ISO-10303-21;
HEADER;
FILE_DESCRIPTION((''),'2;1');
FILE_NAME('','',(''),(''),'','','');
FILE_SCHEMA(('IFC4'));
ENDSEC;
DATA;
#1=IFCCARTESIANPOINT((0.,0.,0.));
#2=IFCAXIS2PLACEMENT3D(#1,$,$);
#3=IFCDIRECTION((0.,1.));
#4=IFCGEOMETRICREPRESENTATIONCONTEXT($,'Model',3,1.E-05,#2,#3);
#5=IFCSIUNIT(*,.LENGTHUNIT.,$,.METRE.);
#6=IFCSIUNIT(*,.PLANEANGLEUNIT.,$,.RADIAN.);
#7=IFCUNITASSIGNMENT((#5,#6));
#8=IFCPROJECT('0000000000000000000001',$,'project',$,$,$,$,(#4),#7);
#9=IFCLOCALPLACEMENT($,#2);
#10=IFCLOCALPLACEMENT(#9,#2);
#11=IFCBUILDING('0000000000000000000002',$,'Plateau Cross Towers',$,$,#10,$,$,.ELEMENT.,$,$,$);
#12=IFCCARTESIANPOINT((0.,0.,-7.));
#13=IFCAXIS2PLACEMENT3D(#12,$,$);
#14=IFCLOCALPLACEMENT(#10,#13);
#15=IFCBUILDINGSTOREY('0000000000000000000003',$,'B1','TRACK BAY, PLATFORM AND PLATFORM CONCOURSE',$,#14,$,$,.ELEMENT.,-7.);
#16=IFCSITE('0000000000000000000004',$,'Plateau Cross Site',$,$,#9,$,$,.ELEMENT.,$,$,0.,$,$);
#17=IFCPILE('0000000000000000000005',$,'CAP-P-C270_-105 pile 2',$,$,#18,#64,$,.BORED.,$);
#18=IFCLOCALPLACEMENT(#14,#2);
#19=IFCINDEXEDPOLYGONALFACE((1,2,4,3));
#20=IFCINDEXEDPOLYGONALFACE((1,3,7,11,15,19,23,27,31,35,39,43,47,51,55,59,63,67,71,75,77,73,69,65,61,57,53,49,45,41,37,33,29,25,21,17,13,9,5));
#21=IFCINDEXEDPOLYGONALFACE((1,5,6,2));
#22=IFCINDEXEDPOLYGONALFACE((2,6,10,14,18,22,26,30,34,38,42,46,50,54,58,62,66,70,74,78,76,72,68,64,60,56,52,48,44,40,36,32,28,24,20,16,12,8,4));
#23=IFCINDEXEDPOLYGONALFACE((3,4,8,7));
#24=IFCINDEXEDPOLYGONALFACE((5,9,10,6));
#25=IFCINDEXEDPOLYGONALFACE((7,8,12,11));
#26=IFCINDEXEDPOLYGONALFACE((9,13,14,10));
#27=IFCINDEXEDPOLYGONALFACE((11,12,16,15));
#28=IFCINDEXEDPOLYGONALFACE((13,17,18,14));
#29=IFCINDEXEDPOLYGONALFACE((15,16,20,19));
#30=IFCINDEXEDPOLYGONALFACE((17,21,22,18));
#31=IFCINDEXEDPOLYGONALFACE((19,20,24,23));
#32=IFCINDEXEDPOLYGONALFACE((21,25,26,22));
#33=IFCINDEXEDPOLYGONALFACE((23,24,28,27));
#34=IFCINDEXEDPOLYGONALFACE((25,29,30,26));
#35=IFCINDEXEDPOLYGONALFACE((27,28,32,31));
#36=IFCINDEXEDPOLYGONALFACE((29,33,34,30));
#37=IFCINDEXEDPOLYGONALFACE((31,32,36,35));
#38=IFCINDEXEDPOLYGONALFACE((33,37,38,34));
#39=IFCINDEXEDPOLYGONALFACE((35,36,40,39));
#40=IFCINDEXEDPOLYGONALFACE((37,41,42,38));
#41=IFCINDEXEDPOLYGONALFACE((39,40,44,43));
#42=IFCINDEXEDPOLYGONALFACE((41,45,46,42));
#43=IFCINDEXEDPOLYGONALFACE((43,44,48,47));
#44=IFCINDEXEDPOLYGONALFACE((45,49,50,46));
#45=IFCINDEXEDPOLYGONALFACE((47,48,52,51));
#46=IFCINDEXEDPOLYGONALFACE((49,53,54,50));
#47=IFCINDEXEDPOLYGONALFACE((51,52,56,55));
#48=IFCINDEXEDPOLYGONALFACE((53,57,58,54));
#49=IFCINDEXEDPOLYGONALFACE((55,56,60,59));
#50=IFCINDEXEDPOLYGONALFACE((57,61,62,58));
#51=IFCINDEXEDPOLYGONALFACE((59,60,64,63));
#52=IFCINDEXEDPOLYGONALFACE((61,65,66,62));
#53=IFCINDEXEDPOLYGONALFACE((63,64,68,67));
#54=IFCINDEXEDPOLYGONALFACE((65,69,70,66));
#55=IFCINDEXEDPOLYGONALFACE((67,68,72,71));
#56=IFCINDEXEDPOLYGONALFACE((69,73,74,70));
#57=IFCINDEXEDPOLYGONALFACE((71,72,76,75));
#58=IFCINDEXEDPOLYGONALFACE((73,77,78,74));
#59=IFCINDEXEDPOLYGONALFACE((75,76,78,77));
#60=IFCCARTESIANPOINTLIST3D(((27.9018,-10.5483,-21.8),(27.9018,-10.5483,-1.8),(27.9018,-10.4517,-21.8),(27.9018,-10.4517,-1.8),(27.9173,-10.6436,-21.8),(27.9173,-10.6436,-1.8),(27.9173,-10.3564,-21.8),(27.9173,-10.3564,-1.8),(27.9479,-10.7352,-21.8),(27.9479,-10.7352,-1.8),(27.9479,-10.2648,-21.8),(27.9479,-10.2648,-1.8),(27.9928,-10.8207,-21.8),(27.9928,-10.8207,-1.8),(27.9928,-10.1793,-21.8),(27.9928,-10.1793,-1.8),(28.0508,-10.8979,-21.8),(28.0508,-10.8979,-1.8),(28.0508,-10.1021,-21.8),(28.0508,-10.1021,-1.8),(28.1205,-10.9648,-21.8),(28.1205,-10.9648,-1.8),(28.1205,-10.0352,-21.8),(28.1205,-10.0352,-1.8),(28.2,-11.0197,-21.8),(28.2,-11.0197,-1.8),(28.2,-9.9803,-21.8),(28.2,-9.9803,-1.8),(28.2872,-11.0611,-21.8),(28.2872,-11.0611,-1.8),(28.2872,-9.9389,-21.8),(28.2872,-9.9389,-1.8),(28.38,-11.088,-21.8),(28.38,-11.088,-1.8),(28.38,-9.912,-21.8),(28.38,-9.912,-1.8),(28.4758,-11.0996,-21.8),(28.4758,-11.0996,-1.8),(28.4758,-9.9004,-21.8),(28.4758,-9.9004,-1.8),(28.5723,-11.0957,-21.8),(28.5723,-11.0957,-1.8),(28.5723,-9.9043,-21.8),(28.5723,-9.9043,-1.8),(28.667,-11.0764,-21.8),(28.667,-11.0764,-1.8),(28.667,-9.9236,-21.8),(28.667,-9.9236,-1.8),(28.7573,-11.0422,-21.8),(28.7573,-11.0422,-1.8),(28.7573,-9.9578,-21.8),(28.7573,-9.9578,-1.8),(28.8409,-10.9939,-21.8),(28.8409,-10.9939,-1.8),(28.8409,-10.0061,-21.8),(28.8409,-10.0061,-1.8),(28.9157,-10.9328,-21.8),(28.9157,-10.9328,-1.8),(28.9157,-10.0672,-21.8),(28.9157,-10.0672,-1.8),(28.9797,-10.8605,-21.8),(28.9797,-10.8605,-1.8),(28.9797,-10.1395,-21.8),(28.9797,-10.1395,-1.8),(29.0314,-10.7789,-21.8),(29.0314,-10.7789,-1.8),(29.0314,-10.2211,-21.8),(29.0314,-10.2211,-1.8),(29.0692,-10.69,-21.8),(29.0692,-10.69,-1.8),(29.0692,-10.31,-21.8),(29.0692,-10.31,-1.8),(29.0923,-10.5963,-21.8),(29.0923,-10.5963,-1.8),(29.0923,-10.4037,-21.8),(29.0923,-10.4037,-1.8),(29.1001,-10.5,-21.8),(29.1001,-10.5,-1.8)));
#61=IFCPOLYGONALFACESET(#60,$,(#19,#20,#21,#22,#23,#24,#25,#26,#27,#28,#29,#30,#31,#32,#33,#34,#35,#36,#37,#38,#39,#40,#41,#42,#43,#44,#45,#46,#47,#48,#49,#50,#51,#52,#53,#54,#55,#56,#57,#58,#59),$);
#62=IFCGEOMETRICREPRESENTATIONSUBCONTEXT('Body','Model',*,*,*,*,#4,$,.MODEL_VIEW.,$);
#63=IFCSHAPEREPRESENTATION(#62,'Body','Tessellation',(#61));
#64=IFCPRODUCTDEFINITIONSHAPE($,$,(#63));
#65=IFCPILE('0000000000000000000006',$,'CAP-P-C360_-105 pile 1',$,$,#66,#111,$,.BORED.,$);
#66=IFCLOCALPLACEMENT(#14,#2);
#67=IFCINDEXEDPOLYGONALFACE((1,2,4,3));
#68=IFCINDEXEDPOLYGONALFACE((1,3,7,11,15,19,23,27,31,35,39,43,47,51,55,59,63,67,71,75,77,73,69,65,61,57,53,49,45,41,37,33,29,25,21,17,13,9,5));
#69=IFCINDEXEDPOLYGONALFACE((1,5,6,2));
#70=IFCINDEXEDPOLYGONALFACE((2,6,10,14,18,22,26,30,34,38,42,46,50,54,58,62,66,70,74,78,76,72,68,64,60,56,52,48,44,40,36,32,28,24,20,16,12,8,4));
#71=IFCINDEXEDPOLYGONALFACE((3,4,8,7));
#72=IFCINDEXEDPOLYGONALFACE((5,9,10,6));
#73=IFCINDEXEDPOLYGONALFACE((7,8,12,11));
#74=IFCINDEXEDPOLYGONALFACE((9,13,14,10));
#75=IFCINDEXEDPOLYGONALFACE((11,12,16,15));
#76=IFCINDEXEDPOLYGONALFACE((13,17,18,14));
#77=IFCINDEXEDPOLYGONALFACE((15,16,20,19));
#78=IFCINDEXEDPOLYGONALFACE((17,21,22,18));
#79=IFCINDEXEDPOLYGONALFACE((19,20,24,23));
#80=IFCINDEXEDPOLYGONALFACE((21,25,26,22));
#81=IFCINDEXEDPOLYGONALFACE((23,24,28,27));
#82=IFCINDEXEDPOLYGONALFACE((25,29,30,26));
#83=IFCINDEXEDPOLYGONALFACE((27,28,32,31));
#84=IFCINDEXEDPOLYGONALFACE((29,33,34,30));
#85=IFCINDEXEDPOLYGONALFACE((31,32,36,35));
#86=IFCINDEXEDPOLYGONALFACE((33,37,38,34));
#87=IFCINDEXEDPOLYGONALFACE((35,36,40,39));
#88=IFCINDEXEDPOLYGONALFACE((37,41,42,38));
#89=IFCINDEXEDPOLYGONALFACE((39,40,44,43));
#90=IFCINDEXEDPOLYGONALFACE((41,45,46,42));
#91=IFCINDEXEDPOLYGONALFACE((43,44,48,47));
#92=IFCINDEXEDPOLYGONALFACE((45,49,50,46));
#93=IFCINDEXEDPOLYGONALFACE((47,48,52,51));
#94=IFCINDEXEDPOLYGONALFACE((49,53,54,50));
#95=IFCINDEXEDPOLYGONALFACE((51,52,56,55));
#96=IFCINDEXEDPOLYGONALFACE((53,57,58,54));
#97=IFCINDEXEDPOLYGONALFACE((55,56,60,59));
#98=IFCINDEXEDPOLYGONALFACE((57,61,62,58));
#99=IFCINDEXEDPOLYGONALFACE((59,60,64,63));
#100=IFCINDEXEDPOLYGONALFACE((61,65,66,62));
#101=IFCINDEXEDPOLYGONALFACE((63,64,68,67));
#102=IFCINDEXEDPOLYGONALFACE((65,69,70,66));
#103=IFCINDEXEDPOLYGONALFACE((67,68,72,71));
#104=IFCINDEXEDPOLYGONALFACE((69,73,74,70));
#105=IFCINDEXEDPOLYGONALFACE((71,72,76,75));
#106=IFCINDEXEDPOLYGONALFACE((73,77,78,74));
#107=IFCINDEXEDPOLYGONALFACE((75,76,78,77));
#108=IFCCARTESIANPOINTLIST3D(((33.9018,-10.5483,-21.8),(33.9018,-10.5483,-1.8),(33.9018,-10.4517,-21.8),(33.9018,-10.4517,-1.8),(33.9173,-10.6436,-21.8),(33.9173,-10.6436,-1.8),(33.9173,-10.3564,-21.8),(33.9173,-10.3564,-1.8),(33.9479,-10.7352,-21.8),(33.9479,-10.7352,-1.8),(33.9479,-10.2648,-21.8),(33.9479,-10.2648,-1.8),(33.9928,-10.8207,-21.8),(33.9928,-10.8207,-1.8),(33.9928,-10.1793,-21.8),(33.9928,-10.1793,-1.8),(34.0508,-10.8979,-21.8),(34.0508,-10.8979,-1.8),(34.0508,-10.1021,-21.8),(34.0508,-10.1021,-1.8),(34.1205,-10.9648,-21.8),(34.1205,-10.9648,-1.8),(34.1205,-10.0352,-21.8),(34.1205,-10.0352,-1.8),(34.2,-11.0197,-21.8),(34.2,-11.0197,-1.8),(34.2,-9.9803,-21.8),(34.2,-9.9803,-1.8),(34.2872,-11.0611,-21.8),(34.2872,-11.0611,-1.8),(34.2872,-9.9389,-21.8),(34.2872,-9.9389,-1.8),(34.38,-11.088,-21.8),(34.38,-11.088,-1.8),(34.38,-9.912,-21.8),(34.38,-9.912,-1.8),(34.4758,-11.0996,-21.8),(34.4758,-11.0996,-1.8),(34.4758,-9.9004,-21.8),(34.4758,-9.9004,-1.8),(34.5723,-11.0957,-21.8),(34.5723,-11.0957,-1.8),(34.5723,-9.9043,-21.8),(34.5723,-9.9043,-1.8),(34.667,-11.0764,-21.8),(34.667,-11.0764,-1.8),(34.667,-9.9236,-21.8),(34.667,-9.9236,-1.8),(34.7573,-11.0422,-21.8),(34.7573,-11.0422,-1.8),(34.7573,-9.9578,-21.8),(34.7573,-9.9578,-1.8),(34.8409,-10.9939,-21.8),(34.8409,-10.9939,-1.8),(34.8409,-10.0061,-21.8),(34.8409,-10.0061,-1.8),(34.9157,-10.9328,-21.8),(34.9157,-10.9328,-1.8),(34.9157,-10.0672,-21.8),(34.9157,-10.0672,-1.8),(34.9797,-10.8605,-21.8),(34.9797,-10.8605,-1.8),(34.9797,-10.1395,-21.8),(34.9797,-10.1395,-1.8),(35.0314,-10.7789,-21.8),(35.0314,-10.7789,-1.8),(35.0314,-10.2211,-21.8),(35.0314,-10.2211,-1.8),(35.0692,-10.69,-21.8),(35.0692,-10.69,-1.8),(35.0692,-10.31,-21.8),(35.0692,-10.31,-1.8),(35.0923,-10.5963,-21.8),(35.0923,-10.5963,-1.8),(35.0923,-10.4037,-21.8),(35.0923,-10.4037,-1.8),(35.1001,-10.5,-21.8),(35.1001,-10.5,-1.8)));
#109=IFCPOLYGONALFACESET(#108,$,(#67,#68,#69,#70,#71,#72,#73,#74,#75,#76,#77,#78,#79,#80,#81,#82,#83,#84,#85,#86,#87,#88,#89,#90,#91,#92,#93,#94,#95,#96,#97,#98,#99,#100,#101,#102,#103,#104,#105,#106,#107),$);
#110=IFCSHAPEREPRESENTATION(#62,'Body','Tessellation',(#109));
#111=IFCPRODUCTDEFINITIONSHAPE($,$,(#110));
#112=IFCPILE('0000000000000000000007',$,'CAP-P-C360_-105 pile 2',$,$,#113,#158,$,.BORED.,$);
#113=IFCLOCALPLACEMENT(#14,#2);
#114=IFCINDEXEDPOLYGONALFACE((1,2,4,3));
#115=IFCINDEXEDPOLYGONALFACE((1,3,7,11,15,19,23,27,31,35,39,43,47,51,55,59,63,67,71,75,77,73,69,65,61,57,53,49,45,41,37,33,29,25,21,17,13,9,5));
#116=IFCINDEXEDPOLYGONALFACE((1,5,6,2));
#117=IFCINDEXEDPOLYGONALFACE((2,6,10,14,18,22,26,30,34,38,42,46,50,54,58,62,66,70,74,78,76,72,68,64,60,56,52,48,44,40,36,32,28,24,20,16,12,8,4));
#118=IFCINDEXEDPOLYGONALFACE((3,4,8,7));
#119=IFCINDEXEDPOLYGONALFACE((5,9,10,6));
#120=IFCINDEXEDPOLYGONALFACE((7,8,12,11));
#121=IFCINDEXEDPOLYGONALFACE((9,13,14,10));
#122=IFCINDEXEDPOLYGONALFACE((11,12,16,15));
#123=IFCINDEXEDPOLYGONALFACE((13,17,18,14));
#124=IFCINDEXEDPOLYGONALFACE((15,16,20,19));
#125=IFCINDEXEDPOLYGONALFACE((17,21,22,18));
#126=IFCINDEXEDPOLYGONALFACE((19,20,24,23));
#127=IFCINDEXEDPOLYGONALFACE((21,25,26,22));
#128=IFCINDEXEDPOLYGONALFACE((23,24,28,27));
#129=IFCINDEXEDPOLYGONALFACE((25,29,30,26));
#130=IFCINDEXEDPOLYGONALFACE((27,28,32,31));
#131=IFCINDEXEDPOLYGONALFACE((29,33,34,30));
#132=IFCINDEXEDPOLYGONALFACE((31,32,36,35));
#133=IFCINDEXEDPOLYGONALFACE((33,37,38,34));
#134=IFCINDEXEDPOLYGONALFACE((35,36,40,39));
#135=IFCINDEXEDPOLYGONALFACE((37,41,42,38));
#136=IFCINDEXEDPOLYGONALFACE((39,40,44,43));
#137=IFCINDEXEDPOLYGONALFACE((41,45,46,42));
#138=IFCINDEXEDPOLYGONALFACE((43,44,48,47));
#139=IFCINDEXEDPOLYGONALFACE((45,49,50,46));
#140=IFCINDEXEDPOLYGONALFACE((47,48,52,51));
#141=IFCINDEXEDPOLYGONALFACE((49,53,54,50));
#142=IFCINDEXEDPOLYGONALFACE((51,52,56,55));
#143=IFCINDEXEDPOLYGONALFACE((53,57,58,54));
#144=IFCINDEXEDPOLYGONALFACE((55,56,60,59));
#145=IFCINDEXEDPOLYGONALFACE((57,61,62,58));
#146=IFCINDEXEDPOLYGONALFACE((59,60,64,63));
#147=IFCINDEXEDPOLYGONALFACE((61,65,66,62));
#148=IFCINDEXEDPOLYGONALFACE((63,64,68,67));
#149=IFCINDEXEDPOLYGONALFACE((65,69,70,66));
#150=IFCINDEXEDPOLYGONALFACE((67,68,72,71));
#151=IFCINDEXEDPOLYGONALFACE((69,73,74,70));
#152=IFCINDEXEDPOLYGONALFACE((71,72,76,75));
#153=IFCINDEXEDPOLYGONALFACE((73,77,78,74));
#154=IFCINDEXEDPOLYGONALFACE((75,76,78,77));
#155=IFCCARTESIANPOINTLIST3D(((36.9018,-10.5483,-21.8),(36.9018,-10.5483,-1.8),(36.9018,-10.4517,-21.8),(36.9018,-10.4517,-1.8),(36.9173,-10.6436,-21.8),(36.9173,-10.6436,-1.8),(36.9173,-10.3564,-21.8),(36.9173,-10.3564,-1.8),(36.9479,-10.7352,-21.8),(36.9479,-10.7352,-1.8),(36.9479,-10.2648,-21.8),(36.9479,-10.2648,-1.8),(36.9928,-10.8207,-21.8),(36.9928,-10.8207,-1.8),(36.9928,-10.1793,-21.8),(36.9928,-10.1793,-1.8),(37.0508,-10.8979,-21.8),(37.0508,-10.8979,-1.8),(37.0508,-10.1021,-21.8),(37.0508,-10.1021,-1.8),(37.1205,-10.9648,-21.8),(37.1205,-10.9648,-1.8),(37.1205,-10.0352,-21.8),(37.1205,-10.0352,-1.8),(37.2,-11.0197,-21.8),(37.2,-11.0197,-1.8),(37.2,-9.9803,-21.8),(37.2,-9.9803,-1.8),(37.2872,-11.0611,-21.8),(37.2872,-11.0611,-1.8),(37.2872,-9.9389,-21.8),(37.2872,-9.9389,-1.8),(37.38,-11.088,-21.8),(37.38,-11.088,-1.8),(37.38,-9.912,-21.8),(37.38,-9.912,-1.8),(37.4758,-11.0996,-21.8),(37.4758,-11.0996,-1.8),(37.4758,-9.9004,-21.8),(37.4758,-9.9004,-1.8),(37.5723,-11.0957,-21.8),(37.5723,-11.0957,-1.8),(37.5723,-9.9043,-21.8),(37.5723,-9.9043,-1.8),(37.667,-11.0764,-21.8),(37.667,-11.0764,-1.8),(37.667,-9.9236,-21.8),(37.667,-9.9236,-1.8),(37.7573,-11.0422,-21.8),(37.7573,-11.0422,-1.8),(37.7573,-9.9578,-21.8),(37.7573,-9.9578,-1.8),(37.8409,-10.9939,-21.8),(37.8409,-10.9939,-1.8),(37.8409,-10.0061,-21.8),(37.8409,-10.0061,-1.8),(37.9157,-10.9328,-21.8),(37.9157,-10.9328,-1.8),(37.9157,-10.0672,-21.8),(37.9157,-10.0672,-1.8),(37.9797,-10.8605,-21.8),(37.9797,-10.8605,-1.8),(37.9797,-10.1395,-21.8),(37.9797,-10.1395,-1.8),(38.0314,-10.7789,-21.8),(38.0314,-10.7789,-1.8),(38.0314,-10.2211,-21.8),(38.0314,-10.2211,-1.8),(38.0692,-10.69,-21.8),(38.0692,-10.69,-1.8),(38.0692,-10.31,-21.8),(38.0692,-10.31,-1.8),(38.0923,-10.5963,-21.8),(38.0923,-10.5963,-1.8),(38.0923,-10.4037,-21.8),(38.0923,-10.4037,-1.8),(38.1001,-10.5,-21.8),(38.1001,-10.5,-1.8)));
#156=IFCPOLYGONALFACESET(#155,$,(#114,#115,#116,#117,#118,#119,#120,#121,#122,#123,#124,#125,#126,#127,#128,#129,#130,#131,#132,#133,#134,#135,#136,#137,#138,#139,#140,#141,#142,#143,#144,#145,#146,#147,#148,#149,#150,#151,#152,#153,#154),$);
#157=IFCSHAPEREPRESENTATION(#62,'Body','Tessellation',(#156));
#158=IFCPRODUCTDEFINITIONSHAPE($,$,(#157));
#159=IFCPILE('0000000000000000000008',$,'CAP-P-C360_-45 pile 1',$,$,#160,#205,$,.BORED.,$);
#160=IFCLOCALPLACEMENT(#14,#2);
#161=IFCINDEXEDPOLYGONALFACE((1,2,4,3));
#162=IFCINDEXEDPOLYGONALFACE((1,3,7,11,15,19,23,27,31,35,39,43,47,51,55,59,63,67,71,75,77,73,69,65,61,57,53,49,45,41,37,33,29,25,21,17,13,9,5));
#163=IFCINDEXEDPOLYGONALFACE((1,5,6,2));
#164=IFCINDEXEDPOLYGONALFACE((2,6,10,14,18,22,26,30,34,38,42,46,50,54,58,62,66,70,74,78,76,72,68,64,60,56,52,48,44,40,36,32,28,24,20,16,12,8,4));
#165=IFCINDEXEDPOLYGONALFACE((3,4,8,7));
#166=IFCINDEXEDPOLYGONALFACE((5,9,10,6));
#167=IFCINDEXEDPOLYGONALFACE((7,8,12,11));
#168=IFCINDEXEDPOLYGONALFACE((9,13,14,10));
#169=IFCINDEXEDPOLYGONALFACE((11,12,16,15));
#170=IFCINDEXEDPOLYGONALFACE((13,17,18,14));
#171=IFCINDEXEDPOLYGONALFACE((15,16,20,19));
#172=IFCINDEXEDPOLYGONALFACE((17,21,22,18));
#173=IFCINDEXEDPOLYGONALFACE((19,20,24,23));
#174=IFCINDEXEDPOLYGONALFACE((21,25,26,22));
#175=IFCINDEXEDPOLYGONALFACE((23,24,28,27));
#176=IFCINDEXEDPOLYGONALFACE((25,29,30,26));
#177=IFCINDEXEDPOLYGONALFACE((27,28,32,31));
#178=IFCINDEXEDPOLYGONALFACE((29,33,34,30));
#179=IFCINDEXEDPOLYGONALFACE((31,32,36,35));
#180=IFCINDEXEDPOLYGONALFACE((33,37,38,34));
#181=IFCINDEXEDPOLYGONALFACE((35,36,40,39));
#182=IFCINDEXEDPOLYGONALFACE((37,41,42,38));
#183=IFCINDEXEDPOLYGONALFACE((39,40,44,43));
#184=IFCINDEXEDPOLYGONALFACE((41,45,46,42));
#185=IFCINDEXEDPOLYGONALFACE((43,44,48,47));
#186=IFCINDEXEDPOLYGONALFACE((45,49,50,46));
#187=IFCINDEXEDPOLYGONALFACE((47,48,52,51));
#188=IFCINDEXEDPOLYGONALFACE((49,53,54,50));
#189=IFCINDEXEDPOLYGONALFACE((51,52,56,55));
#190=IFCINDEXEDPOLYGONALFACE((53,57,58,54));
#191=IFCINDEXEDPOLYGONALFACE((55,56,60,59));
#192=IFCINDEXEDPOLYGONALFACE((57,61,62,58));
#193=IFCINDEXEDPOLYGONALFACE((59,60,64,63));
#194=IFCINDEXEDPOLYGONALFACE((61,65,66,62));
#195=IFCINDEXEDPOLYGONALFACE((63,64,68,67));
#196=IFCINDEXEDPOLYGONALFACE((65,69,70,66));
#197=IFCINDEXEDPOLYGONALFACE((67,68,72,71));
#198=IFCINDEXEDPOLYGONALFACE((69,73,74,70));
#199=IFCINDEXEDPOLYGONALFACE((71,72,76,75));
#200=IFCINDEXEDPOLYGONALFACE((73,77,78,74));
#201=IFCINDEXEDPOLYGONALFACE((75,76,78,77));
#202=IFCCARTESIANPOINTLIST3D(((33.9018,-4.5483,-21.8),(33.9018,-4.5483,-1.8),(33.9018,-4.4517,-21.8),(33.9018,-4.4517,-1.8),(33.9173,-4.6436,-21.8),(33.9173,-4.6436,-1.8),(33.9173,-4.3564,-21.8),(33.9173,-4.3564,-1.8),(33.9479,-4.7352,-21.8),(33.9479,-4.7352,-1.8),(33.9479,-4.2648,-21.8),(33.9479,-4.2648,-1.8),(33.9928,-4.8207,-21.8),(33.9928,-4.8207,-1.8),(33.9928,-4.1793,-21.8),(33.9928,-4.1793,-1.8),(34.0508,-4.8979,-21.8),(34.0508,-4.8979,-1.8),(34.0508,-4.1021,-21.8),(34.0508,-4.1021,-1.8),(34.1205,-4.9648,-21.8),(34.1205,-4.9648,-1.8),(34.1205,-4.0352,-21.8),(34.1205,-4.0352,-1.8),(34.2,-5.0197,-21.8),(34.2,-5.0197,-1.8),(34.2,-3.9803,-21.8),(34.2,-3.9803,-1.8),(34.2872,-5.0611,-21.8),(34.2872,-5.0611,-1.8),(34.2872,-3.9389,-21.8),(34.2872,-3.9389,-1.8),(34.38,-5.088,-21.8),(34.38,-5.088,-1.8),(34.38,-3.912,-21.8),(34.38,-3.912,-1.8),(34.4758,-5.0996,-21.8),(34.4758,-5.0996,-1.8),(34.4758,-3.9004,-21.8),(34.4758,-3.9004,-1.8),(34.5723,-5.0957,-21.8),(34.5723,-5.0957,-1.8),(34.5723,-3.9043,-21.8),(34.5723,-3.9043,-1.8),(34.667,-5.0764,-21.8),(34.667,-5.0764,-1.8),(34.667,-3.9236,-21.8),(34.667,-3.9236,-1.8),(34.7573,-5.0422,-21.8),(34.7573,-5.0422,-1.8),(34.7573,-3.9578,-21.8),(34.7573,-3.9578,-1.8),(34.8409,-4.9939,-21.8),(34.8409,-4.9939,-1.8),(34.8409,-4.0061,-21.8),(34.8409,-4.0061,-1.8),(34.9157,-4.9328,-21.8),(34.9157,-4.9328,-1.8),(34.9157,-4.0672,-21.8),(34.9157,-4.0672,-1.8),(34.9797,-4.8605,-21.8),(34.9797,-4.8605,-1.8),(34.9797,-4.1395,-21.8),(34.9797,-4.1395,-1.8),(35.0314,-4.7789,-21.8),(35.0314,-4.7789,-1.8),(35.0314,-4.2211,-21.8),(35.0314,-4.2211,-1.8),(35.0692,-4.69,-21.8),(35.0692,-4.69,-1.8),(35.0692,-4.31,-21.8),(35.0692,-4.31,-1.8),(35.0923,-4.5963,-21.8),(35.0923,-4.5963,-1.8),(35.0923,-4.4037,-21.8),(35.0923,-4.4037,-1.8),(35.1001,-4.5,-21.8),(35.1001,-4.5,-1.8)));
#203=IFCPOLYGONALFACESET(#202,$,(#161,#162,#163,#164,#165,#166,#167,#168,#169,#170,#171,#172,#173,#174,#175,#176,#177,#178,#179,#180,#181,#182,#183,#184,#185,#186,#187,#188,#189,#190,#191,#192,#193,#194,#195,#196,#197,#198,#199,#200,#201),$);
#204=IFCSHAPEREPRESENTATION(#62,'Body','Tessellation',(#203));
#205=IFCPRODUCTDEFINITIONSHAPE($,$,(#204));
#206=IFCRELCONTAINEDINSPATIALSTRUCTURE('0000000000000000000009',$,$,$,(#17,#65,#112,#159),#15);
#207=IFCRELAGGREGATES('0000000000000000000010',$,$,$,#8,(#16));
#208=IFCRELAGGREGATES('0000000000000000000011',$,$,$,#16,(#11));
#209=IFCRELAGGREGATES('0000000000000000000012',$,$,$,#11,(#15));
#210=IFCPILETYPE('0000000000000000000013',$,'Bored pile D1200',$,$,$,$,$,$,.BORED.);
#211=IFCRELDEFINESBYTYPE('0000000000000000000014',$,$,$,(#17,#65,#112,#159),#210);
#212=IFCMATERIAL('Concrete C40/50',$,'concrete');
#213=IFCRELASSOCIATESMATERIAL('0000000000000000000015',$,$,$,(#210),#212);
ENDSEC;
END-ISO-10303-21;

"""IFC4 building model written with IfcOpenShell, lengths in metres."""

from ifc_helpers import new_model, si_unit, direction, frame, origin, origin_2d, place, context, subcontext, project, spatial, circle, extrude, material, material_profile, profile_set, type_object, element, save


model = new_model("IFC4")

# Units and contexts
model_context = context("Model", 3, precision=1e-05, world=origin(), true_north=direction((0.0, 1.0)))
body_context = subcontext(model_context, "Body", "Model", "MODEL_VIEW")
ifc_project = project(units=[si_unit("LENGTHUNIT", "METRE"), si_unit("PLANEANGLEUNIT", "RADIAN")], contexts=[model_context])

# Site, building, storey
site_placement = place(None, origin())
site = spatial("IfcSite", under=ifc_project, at=site_placement, Name="Plateau Cross Site", CompositionType="ELEMENT", RefElevation=0.0)
building_placement = place(site_placement, origin())
building = spatial("IfcBuilding", under=site, at=building_placement, Name="Plateau Cross Towers", CompositionType="ELEMENT")
storey_placement = place(building_placement, frame((0.0, 0.0, -7.0)))
storey = spatial("IfcBuildingStorey", under=building, at=storey_placement, Name="B1", Description="TRACK BAY, PLATFORM AND PLATFORM CONCOURSE", CompositionType="ELEMENT", Elevation=-7.0)

# Piles
ifc_material_1 = material(Name="Concrete C40/50", Category="concrete")
ifc_material_profile_1 = material_profile(ifc_material_1, circle(Radius=0.6001, at=origin_2d()), Name="Bored pile D1200")
ifc_profile_set_1 = profile_set([ifc_material_profile_1], Name="Concrete C40/50")
pile_type = type_object("IfcPileType", Name="Bored pile D1200", PredefinedType="BORED", material=ifc_profile_set_1)
for number, where, z_axis, x_axis, name in (
    (1, (28.5, -10.5, -1.8), (0.0, 0.0, -1.0), (1.0, 0.0, 0.0), "CAP-P-C270_-105 pile 2"),
    (2, (34.5, -10.5, -1.8), (0.0, 0.0, -1.0), (1.0, 0.0, 0.0), "CAP-P-C360_-105 pile 1"),
    (3, (37.5, -10.5, -1.8), (0.0, 0.0, -1.0), (1.0, 0.0, 0.0), "CAP-P-C360_-105 pile 2"),
    (4, (34.5, -4.5, -1.8), (0.0, 0.0, -1.0), (1.0, 0.0, 0.0), "CAP-P-C360_-45 pile 1"),
):
    element("IfcPile", number, at=place(storey_placement, frame(where, z_axis=z_axis, x_axis=x_axis)), inside=storey, type_object=pile_type, Name=name, PredefinedType="BORED", context=body_context, shape_type="SweptSolid", body=[
        extrude(circle(Radius=0.6001, at=origin_2d()), origin(), (0.0, 0.0, 1.0), 20.0),
    ])

save(model, "model.ifc")
